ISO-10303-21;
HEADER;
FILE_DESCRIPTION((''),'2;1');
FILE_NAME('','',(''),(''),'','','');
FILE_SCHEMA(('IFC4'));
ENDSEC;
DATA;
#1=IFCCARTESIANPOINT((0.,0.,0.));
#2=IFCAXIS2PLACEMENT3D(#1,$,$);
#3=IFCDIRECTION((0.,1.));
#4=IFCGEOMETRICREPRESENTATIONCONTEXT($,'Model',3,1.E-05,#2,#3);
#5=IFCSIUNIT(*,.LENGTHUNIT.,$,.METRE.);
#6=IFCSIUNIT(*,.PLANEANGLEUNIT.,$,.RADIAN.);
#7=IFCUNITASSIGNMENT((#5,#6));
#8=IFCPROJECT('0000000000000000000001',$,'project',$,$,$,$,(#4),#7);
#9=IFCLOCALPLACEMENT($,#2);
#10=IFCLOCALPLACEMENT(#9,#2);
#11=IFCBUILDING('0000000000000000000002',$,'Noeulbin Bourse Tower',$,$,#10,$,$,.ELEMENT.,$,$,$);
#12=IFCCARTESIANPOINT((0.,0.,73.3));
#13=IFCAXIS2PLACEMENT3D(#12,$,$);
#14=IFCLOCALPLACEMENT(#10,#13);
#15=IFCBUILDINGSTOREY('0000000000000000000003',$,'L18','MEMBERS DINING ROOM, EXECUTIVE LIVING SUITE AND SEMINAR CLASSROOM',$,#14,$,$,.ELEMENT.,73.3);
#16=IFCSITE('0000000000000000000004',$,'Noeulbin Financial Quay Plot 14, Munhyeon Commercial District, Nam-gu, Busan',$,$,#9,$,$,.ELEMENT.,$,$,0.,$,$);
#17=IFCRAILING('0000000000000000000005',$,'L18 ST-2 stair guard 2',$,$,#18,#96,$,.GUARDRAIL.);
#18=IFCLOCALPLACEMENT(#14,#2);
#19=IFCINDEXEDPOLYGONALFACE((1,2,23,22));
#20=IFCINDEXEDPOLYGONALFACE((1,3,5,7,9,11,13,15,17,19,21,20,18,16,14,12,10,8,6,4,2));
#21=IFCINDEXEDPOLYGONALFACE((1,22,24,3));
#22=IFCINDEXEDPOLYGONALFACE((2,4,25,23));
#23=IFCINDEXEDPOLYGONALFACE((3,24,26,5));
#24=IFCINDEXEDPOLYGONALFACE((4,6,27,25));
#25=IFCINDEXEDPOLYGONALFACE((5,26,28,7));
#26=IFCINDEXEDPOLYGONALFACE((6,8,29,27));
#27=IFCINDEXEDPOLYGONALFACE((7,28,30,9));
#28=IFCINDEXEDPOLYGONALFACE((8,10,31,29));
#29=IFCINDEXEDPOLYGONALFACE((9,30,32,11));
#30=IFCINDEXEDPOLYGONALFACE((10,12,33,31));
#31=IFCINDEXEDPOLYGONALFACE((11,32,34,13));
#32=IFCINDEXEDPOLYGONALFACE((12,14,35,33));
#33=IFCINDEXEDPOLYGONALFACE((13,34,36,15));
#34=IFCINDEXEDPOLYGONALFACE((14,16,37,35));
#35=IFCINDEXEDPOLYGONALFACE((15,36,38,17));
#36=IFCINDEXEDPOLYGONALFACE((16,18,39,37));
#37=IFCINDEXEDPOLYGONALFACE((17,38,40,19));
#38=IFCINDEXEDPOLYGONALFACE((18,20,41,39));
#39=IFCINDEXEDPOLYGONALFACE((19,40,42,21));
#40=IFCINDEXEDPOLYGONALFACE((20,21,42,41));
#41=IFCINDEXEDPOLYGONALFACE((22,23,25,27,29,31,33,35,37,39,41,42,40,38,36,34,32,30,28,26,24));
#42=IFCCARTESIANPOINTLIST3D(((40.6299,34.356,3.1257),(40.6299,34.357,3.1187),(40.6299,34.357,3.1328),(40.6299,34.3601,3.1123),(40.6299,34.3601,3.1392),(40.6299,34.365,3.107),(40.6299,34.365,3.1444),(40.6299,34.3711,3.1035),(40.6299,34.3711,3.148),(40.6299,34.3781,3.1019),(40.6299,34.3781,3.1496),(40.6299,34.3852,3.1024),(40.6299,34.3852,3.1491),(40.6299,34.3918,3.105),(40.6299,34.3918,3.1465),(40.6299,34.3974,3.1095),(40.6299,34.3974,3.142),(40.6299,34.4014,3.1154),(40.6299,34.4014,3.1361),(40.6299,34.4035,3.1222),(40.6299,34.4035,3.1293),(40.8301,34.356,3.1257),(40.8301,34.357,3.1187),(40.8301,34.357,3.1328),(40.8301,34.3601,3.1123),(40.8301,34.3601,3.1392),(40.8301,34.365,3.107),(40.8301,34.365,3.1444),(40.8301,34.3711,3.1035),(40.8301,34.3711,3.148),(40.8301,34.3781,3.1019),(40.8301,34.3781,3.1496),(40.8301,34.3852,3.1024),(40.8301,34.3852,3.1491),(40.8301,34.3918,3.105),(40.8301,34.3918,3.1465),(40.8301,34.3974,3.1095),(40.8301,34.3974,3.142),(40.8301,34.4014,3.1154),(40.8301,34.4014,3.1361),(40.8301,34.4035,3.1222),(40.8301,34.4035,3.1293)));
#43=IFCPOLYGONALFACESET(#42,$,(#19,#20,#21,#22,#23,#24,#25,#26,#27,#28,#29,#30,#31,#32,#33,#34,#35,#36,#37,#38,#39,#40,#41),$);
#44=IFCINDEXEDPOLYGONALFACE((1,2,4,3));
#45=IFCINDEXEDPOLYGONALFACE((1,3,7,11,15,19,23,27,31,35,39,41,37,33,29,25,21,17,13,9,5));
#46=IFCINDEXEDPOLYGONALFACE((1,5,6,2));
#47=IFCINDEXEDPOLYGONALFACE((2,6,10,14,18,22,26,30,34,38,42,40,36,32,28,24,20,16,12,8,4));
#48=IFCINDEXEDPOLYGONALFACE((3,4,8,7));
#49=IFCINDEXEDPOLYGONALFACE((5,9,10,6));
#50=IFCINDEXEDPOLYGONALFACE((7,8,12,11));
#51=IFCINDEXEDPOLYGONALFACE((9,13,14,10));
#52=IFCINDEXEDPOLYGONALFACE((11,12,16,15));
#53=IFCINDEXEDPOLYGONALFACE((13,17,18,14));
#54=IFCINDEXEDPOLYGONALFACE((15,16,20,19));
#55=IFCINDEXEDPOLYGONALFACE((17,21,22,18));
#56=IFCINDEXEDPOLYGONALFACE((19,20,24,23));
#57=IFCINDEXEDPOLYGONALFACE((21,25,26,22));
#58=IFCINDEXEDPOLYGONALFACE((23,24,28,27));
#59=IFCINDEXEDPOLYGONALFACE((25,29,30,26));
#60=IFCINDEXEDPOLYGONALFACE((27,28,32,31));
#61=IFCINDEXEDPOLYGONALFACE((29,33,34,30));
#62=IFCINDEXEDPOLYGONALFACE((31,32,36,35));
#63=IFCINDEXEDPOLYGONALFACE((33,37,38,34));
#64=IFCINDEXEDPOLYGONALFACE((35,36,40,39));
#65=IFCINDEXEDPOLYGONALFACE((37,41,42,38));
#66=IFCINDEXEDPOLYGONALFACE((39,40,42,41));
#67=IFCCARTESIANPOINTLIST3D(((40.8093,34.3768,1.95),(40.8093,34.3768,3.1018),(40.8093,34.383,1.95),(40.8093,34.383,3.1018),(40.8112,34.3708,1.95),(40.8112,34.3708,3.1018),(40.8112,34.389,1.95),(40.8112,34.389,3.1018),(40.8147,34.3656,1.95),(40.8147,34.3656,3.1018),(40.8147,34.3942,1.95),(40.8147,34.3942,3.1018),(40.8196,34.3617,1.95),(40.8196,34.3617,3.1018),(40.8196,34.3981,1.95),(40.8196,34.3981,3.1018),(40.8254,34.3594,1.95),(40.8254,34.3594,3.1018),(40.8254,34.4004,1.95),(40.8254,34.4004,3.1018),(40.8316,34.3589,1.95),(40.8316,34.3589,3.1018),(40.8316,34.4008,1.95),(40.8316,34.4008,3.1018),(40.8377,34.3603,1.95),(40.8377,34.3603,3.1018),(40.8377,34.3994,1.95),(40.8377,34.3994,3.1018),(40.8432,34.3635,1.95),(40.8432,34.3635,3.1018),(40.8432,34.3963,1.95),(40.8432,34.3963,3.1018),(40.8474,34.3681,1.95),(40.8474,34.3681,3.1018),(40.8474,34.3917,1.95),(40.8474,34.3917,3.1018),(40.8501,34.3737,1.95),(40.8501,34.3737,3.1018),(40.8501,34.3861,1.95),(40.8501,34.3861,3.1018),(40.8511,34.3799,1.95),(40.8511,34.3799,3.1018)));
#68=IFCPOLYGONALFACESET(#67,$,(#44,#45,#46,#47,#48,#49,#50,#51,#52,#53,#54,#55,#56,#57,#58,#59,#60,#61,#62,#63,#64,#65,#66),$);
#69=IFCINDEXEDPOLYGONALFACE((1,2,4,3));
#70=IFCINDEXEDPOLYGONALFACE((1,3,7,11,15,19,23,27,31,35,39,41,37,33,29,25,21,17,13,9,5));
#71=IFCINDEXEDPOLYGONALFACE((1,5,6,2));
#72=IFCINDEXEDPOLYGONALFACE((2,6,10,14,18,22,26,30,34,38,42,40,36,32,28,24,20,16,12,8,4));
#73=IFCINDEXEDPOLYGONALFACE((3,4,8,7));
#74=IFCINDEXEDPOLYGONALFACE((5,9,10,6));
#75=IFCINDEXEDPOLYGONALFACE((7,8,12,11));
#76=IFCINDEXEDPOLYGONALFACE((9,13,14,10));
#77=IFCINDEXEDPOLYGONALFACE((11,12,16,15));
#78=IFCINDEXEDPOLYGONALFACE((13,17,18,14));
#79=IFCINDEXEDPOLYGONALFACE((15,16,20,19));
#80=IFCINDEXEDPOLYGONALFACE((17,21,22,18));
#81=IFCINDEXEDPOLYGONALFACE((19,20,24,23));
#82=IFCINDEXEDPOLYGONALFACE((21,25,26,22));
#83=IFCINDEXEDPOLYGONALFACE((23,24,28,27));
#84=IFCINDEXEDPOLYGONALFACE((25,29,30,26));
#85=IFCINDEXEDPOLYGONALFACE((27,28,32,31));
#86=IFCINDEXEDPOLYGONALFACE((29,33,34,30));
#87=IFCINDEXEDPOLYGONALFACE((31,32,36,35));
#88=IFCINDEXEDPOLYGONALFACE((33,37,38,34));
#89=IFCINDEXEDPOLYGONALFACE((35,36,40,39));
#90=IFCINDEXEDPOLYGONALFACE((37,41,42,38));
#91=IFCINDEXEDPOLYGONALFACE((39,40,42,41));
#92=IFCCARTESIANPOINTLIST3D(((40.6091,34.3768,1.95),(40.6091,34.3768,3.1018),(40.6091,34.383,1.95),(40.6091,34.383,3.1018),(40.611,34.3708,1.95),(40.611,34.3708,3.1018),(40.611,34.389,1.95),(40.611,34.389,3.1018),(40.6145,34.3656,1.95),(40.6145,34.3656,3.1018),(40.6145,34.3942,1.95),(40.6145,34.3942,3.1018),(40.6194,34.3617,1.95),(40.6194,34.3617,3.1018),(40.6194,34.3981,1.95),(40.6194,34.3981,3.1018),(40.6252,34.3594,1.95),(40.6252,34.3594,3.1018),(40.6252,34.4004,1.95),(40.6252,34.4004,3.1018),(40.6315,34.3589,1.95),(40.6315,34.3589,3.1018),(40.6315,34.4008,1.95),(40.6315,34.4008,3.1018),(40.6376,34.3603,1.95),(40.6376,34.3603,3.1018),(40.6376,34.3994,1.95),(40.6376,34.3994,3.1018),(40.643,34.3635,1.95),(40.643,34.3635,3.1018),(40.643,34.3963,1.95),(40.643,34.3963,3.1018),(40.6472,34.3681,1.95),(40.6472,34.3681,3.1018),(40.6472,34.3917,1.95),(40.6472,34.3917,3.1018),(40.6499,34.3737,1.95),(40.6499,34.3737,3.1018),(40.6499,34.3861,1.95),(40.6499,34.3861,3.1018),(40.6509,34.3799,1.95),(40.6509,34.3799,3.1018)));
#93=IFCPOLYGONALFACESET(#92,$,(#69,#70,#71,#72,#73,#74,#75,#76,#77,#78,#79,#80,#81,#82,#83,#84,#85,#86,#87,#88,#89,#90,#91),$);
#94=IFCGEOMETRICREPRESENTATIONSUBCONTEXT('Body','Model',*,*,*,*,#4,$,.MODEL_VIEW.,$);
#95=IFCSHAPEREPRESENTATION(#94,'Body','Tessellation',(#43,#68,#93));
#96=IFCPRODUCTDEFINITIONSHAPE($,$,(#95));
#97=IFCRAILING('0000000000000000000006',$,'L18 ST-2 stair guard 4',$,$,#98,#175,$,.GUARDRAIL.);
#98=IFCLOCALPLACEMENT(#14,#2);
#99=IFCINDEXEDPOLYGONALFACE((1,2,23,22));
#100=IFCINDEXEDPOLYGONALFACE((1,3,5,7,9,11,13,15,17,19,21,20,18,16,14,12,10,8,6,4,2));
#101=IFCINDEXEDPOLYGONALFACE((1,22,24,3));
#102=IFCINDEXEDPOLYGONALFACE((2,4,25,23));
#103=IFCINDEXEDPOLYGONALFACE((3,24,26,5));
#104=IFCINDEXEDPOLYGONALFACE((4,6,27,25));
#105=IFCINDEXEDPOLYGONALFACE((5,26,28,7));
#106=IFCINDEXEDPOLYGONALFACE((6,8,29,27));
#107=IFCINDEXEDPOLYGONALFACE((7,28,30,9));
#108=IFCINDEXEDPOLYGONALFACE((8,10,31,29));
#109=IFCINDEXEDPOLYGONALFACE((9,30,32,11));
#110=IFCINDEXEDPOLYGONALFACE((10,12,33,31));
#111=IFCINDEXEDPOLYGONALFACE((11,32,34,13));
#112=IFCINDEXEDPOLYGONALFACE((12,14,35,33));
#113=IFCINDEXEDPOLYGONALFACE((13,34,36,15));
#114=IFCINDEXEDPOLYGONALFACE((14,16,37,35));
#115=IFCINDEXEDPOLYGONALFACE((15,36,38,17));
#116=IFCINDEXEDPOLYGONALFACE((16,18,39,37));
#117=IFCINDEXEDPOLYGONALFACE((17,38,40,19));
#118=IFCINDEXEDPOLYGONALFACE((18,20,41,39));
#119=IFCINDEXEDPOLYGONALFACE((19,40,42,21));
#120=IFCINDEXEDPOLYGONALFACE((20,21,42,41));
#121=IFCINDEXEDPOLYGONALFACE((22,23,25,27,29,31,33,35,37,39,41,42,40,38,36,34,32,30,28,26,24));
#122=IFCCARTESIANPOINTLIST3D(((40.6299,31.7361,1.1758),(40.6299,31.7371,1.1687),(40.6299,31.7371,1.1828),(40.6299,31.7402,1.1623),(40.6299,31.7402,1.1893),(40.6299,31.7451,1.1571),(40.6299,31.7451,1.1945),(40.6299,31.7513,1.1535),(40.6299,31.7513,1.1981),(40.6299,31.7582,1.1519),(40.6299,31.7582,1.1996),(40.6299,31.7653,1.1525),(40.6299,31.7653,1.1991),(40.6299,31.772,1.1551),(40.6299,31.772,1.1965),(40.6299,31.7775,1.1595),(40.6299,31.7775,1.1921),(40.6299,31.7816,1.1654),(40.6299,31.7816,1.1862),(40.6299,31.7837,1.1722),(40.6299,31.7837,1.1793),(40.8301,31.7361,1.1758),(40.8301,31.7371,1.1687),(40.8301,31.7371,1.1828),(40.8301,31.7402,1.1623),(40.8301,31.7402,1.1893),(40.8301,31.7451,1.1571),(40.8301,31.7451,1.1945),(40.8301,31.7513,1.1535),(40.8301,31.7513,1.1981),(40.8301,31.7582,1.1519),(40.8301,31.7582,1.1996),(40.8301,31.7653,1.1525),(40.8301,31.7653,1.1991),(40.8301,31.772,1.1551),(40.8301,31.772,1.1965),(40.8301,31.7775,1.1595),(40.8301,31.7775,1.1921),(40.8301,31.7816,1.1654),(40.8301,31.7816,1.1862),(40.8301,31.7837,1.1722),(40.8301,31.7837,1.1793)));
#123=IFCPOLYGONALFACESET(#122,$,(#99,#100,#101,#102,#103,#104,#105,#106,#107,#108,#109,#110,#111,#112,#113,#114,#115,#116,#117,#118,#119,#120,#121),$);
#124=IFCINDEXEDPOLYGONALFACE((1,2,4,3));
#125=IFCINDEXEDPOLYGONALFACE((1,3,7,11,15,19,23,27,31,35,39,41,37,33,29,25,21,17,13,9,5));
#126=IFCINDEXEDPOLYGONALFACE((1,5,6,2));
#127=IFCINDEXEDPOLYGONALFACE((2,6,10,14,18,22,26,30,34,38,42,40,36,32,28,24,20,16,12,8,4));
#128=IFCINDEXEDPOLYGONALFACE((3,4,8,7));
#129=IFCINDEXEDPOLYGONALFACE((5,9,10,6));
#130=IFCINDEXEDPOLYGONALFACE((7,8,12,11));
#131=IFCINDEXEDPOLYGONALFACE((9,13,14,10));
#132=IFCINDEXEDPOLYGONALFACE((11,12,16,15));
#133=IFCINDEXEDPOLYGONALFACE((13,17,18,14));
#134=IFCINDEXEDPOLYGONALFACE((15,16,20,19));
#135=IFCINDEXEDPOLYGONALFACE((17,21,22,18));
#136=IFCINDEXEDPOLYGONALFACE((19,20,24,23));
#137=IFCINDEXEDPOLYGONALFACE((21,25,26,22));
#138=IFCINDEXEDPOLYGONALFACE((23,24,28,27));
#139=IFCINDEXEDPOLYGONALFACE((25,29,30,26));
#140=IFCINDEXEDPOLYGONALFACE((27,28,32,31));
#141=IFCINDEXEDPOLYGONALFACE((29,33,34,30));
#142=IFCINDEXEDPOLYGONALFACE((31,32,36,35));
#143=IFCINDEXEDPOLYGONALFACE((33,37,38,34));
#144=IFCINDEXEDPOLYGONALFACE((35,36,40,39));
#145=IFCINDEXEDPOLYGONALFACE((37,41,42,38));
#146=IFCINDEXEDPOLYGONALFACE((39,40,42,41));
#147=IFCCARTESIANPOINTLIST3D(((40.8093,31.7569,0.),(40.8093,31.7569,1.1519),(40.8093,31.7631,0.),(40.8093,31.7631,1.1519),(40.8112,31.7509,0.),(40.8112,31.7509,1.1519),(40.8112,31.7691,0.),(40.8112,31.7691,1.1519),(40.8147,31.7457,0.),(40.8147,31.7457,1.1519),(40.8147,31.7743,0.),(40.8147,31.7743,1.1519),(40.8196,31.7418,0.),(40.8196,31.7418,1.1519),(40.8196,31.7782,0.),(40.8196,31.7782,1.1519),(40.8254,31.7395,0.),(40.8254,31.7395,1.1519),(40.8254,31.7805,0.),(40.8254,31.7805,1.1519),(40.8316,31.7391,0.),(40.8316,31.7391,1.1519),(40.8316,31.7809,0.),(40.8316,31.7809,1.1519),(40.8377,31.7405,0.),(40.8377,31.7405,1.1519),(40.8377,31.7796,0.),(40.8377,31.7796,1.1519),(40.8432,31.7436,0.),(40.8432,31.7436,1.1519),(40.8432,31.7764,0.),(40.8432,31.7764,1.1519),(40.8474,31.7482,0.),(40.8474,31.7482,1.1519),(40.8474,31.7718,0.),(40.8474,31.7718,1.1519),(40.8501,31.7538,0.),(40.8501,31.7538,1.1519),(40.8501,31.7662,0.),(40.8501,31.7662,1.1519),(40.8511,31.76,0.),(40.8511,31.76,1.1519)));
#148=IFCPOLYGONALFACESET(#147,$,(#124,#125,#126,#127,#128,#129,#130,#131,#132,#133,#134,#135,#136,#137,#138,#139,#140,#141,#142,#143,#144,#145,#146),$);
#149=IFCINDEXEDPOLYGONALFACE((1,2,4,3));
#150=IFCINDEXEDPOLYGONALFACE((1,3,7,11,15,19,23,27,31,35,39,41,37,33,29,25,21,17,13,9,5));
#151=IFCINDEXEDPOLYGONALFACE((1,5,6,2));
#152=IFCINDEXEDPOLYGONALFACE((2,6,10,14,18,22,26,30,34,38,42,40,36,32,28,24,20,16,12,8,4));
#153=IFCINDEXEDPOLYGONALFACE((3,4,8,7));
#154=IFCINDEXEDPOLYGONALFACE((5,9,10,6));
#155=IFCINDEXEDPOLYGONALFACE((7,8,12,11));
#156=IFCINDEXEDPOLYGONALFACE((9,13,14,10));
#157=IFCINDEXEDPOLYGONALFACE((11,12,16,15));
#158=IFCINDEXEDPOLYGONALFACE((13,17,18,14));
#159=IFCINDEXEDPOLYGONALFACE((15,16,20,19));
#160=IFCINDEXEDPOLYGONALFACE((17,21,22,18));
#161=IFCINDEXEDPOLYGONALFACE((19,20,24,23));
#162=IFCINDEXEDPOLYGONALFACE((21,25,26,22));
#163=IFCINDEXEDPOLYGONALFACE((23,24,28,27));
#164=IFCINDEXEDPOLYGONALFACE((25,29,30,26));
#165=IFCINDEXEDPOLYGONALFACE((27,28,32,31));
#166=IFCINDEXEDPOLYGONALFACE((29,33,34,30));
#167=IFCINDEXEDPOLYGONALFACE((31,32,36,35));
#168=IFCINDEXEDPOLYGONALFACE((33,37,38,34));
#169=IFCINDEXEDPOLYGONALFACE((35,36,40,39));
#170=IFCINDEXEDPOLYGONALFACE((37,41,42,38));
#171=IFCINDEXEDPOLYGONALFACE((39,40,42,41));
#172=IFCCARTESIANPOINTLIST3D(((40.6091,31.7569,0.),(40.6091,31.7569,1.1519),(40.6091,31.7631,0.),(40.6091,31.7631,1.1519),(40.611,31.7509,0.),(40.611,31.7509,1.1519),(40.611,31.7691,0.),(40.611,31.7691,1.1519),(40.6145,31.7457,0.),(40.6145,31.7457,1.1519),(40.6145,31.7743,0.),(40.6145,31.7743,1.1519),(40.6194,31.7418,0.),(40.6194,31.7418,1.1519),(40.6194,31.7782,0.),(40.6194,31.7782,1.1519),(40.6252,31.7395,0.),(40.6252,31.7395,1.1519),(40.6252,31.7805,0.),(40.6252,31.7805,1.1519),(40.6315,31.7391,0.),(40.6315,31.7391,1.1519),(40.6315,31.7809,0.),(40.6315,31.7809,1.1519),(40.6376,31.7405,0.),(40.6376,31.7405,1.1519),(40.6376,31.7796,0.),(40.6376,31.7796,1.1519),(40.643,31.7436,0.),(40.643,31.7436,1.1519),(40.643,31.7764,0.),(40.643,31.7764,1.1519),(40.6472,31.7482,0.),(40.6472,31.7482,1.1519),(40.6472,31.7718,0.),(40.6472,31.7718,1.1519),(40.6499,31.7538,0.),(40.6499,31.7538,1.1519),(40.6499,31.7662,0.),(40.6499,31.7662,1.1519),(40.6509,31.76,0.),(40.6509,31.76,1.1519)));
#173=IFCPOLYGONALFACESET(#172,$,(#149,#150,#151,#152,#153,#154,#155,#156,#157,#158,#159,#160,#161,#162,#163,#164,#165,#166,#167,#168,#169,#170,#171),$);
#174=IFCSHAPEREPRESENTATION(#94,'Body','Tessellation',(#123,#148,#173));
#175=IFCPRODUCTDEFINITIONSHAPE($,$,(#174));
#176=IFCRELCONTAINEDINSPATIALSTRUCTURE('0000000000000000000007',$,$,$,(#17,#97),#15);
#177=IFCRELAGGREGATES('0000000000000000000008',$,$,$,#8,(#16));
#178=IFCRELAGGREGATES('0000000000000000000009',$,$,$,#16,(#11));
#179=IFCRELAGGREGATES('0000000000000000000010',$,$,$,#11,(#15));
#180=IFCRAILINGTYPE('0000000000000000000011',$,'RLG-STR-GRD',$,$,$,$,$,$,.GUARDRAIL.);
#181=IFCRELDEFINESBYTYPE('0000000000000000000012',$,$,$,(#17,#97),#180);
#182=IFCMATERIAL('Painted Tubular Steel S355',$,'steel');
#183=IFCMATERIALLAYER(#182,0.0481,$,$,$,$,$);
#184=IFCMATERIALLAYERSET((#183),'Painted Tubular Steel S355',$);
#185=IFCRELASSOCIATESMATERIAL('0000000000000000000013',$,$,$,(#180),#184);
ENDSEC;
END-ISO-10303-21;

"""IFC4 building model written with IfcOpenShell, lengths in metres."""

from ifc_helpers import new_model, si_unit, direction, frame, origin, origin_2d, place, context, subcontext, project, spatial, circle, extrude, material, layer, layer_set, type_object, element, save


model = new_model("IFC4")

# Units and contexts
model_context = context("Model", 3, precision=1e-05, world=origin(), true_north=direction((0.0, 1.0)))
body_context = subcontext(model_context, "Body", "Model", "MODEL_VIEW")
ifc_project = project(units=[si_unit("LENGTHUNIT", "METRE"), si_unit("PLANEANGLEUNIT", "RADIAN")], contexts=[model_context])

# Site, building, storey
site_placement = place(None, origin())
site = spatial("IfcSite", under=ifc_project, at=site_placement, Name="Noeulbin Financial Quay Plot 14, Munhyeon Commercial District, Nam-gu, Busan", CompositionType="ELEMENT", RefElevation=0.0)
building_placement = place(site_placement, origin())
building = spatial("IfcBuilding", under=site, at=building_placement, Name="Noeulbin Bourse Tower", CompositionType="ELEMENT")
storey_placement = place(building_placement, frame((0.0, 0.0, 73.3)))
storey = spatial("IfcBuildingStorey", under=building, at=storey_placement, Name="L18", Description="MEMBERS DINING ROOM, EXECUTIVE LIVING SUITE AND SEMINAR CLASSROOM", CompositionType="ELEMENT", Elevation=73.3)

# Railings
ifc_material_1 = material(Name="Painted Tubular Steel S355", Category="steel")
ifc_layer_1 = layer(ifc_material_1, 0.0481)
ifc_layer_set_1 = layer_set([ifc_layer_1], Name="Painted Tubular Steel S355")
railing_type_1 = type_object("IfcRailingType", Name="RLG-STR-GRD", PredefinedType="GUARDRAIL", material=ifc_layer_set_1)
for number, where, name in (
    (1, (40.8301, 34.3799, 1.95), "L18 ST-2 stair guard 2"),
    (2, (40.8301, 31.76, 0.0), "L18 ST-2 stair guard 4"),
):
    element("IfcRailing", number, at=place(storey_placement, frame(where)), inside=storey, type_object=railing_type_1, Name=name, PredefinedType="GUARDRAIL", context=body_context, shape_type="SweptSolid", body=[
        extrude(circle(Radius=0.0239, at=origin_2d()), frame((0.0, 0.0, 1.1758), z_axis=(-1.0, 0.0, 0.0), x_axis=(0.0, -1.0, 0.0)), (0.0, 0.0, 1.0), 0.2002),
        extrude(circle(Radius=0.021, at=origin_2d()), origin(), (0.0, 0.0, 1.0), 1.1519),
        extrude(circle(Radius=0.021, at=origin_2d()), frame((-0.2002, 0.0, 0.0)), (0.0, 0.0, 1.0), 1.1519),
    ])

save(model, "model.ifc")
